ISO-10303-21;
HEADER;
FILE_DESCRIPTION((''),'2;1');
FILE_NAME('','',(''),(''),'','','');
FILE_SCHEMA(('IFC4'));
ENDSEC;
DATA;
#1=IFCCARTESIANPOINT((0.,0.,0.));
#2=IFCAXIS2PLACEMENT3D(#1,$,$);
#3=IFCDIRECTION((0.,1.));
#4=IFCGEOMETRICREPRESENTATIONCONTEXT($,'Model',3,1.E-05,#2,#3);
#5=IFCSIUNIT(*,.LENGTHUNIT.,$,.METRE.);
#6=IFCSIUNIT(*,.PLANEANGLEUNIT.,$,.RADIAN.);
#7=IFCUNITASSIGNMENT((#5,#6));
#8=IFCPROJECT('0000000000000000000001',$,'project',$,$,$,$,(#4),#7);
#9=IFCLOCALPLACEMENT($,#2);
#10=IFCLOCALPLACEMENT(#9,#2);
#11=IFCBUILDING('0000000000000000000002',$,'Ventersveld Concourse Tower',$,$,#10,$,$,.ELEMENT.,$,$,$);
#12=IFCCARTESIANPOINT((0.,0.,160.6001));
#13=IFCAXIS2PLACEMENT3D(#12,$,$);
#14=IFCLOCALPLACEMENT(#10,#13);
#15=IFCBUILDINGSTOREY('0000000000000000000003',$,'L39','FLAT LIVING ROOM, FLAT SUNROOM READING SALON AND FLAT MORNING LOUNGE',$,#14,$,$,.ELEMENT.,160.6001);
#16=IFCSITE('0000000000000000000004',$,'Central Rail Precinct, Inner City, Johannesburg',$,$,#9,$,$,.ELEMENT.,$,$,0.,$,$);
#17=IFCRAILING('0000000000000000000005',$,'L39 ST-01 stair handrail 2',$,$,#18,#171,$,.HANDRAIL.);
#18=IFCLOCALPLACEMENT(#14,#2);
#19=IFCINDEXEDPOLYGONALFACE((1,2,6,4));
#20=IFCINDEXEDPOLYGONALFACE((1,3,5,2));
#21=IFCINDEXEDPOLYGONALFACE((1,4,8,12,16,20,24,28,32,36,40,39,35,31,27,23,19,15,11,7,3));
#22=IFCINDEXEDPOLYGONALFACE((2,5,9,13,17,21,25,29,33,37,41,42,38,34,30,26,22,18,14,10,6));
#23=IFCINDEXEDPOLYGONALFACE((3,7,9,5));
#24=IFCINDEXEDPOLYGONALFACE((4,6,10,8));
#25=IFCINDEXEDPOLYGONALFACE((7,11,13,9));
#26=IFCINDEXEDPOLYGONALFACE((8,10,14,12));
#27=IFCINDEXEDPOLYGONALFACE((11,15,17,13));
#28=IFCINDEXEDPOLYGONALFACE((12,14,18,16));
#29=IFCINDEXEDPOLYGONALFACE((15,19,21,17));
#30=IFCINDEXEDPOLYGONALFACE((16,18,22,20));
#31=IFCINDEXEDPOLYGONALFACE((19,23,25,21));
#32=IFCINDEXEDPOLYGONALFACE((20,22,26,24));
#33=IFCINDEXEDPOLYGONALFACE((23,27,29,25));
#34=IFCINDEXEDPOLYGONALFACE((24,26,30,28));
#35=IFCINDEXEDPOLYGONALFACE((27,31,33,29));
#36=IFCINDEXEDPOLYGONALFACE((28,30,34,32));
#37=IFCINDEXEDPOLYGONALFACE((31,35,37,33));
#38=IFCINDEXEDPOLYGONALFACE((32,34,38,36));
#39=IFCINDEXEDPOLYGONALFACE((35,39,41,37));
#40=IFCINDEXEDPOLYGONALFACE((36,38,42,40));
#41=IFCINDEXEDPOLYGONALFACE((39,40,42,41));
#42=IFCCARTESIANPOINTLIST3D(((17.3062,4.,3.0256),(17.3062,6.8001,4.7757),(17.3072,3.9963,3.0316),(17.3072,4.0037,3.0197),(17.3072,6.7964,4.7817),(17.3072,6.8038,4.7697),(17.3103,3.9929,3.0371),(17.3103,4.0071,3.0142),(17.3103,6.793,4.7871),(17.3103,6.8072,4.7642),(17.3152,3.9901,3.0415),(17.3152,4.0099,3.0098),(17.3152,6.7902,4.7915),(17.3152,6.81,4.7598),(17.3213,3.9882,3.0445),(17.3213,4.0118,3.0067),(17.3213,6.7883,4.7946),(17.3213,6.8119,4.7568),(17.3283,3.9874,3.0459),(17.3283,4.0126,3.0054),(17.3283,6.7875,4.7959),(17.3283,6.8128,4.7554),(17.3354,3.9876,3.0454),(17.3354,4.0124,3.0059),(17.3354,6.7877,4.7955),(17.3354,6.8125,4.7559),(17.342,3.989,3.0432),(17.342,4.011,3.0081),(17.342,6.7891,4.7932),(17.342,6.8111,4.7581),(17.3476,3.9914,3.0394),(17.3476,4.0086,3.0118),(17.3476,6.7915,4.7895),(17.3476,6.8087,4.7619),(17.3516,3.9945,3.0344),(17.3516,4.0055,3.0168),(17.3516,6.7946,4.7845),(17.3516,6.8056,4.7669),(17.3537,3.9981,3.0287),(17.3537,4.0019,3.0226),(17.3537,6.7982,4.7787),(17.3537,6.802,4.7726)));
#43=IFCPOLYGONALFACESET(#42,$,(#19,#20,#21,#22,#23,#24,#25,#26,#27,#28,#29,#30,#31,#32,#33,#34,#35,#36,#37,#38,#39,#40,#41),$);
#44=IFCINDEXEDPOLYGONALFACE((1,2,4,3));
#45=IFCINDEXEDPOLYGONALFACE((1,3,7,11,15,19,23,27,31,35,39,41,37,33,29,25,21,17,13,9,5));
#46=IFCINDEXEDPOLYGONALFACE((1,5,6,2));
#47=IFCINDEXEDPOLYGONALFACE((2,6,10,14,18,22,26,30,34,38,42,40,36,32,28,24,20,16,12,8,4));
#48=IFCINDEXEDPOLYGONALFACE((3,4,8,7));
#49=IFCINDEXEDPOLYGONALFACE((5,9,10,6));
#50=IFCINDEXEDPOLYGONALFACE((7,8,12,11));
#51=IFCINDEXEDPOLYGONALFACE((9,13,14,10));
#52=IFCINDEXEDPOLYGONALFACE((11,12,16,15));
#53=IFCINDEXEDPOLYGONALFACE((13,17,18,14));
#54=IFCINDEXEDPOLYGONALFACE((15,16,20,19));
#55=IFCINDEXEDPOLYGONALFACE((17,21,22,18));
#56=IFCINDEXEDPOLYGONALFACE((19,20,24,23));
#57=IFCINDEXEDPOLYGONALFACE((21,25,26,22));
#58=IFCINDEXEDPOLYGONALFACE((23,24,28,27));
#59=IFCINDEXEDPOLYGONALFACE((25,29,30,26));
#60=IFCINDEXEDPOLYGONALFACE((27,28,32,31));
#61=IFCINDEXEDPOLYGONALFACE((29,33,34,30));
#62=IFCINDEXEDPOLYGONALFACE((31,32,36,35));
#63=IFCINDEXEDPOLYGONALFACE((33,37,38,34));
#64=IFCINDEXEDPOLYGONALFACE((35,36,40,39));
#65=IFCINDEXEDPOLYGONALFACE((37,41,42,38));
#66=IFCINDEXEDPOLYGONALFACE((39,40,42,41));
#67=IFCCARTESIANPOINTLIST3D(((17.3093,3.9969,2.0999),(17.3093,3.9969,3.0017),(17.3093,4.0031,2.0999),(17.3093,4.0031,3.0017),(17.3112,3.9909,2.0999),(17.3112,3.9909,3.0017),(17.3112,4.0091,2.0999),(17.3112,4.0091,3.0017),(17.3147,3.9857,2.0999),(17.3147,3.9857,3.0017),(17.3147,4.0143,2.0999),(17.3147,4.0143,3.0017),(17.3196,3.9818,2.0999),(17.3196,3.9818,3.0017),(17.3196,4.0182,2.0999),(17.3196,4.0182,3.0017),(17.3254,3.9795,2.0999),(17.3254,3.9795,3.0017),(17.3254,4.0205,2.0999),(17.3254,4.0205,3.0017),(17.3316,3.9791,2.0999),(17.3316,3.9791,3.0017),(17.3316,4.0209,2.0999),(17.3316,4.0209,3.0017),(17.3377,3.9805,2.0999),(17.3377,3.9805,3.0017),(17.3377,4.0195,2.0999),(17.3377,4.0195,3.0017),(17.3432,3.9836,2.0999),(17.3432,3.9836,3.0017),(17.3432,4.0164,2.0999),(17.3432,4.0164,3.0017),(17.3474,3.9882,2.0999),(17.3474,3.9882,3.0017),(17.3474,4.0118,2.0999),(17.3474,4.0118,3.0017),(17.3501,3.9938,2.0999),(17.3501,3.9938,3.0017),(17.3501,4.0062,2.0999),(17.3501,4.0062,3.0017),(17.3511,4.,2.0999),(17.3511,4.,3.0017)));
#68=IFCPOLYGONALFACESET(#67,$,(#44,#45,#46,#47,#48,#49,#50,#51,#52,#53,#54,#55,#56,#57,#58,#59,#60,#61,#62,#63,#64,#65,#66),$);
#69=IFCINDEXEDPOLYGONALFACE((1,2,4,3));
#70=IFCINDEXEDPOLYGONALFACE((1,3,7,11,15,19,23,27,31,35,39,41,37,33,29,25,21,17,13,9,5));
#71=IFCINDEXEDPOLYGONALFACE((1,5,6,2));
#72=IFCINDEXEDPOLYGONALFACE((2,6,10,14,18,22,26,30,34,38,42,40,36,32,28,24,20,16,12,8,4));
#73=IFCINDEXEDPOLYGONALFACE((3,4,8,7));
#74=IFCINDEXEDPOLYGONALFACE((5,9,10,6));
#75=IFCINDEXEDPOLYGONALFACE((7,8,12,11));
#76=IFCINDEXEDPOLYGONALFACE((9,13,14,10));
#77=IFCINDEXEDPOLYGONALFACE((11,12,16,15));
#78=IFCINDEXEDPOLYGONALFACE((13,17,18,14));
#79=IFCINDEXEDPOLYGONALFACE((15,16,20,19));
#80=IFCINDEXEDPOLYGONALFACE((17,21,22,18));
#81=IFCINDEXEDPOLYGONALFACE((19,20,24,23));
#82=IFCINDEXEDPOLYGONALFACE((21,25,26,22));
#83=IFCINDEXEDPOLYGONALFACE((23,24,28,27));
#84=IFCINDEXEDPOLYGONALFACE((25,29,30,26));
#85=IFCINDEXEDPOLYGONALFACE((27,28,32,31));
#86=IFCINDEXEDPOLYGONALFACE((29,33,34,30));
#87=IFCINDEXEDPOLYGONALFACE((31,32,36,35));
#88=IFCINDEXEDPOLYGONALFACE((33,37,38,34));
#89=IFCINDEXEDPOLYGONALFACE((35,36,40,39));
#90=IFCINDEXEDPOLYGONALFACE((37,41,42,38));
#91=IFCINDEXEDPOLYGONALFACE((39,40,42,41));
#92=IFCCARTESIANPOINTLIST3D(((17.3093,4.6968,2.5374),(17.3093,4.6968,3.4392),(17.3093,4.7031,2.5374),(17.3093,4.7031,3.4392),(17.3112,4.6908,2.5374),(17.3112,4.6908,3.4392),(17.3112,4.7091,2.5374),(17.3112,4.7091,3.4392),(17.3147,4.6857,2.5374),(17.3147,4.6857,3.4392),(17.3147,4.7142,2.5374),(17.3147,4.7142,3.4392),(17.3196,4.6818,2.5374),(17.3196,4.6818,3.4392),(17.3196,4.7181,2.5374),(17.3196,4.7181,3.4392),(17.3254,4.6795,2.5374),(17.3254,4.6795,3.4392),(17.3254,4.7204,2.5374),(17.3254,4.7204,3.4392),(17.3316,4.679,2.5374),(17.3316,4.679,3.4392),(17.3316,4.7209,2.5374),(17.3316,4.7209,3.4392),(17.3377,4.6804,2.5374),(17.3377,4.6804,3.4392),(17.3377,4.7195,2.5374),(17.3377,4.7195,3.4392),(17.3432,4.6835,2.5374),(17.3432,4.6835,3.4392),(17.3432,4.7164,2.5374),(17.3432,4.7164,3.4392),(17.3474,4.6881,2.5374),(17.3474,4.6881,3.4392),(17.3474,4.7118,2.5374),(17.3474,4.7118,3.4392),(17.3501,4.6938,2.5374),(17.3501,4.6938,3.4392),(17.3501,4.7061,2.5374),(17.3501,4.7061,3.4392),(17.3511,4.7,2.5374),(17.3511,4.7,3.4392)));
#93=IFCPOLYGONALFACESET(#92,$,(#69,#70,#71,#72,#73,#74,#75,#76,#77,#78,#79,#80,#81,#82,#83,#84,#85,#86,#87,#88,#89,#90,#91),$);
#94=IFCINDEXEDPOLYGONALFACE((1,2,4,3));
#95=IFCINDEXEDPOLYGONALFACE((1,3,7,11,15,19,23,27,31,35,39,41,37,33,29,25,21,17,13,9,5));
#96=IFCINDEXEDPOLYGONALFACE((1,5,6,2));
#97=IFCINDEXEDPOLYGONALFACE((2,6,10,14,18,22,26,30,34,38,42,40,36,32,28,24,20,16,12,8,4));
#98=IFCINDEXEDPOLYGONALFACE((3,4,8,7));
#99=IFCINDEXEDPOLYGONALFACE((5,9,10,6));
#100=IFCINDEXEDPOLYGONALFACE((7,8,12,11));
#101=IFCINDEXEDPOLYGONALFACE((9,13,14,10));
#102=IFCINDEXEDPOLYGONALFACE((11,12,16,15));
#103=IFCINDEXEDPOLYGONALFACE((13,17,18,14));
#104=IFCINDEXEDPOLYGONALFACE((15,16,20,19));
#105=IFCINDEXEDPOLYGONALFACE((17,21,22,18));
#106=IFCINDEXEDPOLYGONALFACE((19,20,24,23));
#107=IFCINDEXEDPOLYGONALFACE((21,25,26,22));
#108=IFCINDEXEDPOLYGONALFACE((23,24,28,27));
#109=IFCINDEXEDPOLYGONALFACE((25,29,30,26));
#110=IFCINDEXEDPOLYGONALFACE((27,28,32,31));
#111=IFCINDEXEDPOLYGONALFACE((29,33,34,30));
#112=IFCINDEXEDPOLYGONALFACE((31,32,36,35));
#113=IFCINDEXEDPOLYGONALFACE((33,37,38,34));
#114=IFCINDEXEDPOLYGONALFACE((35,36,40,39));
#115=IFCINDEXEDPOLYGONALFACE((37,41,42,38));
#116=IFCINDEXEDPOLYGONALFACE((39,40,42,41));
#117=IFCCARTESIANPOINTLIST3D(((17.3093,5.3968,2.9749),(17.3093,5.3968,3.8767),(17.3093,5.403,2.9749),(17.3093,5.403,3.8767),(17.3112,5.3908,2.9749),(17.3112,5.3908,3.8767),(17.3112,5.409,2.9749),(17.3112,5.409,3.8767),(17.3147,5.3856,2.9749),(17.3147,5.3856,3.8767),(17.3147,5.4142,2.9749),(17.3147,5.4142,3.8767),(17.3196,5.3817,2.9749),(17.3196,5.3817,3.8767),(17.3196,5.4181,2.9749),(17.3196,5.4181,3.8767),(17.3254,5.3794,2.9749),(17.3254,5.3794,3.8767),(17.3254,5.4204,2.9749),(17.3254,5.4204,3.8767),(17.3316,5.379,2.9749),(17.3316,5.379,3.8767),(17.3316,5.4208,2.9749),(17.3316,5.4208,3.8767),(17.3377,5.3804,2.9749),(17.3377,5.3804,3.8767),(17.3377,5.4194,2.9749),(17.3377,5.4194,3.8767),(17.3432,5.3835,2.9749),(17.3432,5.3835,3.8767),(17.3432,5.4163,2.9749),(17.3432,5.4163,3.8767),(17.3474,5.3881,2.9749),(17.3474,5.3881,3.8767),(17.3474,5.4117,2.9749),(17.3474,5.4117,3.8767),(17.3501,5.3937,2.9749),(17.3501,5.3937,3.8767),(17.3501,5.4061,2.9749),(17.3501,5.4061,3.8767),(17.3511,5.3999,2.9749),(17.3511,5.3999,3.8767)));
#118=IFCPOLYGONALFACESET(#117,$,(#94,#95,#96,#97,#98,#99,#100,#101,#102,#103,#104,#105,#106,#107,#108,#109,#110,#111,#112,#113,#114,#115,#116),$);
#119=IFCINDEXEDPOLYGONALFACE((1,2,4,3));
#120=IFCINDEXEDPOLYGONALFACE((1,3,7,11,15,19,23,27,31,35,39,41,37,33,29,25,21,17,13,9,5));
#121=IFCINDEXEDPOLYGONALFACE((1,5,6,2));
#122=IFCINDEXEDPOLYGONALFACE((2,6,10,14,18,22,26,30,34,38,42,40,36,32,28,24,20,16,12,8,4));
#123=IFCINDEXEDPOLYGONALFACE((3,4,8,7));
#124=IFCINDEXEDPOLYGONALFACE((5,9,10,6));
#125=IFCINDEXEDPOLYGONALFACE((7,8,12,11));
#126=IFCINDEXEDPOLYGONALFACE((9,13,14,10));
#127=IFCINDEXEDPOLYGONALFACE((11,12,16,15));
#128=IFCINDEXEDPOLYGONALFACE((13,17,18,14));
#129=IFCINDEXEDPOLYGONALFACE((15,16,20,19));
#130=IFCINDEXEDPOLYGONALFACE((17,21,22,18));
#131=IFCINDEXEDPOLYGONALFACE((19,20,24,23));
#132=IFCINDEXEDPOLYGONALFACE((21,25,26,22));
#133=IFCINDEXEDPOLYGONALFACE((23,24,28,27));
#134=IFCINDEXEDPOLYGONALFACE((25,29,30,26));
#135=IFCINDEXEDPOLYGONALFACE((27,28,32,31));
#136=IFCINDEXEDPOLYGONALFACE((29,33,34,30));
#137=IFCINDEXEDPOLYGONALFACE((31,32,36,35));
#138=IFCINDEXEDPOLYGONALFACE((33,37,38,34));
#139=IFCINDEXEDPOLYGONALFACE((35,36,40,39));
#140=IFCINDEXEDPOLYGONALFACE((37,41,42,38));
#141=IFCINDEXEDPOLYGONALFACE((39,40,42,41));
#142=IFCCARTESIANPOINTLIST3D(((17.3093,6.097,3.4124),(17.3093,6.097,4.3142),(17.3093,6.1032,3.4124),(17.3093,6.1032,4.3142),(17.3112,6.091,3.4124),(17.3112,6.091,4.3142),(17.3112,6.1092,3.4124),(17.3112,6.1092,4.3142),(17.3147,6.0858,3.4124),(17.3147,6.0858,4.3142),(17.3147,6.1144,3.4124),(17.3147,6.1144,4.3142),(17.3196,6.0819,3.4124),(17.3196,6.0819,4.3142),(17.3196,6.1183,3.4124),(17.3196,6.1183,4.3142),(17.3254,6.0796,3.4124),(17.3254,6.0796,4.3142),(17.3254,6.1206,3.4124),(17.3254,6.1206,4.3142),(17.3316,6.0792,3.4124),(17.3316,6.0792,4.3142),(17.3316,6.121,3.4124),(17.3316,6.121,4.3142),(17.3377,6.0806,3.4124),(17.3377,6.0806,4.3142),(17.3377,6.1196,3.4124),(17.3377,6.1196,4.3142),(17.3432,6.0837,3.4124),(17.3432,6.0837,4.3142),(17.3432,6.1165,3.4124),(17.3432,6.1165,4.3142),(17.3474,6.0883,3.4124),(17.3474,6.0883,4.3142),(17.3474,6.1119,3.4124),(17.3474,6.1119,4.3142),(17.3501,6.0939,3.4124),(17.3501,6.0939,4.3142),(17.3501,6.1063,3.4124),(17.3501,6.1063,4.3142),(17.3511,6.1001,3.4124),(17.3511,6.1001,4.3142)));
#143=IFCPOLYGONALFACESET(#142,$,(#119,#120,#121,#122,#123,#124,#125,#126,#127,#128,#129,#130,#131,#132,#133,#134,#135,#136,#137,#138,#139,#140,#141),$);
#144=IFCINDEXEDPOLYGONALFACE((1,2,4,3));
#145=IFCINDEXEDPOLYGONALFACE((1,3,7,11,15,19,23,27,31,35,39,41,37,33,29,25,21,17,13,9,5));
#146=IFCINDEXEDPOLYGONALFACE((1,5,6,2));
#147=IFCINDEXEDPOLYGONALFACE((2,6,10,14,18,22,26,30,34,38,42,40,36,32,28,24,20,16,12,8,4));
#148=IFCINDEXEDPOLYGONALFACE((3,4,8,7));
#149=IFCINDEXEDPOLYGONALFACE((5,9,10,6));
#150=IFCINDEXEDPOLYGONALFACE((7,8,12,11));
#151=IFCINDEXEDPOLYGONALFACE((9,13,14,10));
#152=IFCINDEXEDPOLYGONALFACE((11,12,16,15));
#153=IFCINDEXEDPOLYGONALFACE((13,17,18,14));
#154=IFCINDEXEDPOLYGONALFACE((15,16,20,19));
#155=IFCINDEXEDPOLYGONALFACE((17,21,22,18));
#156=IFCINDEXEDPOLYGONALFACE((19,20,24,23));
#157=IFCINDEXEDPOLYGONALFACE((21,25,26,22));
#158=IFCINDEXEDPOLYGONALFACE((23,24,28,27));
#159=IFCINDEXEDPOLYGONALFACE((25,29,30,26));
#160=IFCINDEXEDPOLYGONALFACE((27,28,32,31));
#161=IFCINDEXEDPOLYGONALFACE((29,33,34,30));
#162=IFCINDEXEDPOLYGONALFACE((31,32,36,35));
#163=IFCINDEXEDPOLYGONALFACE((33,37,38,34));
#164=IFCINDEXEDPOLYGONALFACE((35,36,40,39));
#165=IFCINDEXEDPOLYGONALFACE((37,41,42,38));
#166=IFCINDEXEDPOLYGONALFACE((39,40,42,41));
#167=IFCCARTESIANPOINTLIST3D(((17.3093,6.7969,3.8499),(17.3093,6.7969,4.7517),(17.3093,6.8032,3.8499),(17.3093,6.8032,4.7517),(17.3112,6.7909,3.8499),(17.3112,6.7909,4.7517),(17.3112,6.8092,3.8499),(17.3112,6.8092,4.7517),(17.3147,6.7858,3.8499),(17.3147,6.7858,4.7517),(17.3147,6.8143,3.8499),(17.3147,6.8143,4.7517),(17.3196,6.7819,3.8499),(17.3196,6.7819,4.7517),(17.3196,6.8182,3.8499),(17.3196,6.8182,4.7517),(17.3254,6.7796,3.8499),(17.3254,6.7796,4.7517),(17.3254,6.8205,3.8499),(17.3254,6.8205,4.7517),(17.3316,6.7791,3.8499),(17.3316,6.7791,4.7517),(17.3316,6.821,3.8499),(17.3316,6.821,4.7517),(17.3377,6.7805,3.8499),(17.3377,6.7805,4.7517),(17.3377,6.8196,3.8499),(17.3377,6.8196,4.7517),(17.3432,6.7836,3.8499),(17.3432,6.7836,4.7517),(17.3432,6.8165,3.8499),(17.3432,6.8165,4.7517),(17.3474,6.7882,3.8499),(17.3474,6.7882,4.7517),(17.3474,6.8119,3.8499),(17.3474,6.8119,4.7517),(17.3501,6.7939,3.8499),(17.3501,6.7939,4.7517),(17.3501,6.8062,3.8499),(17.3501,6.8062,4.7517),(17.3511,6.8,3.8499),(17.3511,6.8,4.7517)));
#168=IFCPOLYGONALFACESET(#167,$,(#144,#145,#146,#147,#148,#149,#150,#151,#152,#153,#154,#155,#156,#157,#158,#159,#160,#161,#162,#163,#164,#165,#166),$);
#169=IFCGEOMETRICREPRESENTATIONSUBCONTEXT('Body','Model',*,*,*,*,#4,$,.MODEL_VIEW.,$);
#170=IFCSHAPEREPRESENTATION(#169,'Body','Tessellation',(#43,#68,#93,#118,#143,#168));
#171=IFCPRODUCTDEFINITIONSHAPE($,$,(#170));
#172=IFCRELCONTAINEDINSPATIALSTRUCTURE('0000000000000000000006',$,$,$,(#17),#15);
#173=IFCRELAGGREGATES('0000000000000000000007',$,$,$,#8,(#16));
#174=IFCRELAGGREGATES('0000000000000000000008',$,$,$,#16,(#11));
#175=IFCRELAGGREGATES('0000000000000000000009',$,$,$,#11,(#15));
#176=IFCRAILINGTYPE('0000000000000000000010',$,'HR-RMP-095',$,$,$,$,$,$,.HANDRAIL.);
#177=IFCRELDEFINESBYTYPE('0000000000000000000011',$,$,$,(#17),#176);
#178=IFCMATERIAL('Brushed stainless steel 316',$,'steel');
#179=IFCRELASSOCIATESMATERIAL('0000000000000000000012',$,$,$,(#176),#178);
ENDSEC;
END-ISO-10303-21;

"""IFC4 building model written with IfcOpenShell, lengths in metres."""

from ifc_helpers import new_model, si_unit, direction, frame, origin, origin_2d, place, context, subcontext, project, spatial, circle, extrude, material, type_object, element, save


model = new_model("IFC4")

# Units and contexts
model_context = context("Model", 3, precision=1e-05, world=origin(), true_north=direction((0.0, 1.0)))
body_context = subcontext(model_context, "Body", "Model", "MODEL_VIEW")
ifc_project = project(units=[si_unit("LENGTHUNIT", "METRE"), si_unit("PLANEANGLEUNIT", "RADIAN")], contexts=[model_context])

# Site, building, storey
site_placement = place(None, origin())
site = spatial("IfcSite", under=ifc_project, at=site_placement, Name="Central Rail Precinct, Inner City, Johannesburg", CompositionType="ELEMENT", RefElevation=0.0)
building_placement = place(site_placement, origin())
building = spatial("IfcBuilding", under=site, at=building_placement, Name="Ventersveld Concourse Tower", CompositionType="ELEMENT")
storey_placement = place(building_placement, frame((0.0, 0.0, 160.6001)))
storey = spatial("IfcBuildingStorey", under=building, at=storey_placement, Name="L39", Description="FLAT LIVING ROOM, FLAT SUNROOM READING SALON AND FLAT MORNING LOUNGE", CompositionType="ELEMENT", Elevation=160.6001)

# Shared definitions
ifc_material_1 = material(Name="Brushed stainless steel 316", Category="steel")

# Railing
railing_type_1 = type_object("IfcRailingType", Name="HR-RMP-095", PredefinedType="HANDRAIL", material=ifc_material_1)
railing_1_placement = place(storey_placement, frame((17.3301, 4.0, 2.0999)))
element("IfcRailing", 1, at=railing_1_placement, inside=storey, type_object=railing_type_1, Name="L39 ST-01 stair handrail 2", PredefinedType="HANDRAIL", context=body_context, shape_type="SweptSolid", body=[
    extrude(circle(Radius=0.0239, at=origin_2d()), frame((0.0, 0.0, 0.9258), z_axis=(0.0, 0.848002, 0.529992), x_axis=(-1.0, 0.0, 0.0)), (0.0, 0.0, 1.0), 3.302),
    extrude(circle(Radius=0.021, at=origin_2d()), origin(), (0.0, 0.0, 1.0), 0.9019),
    extrude(circle(Radius=0.021, at=origin_2d()), frame((0.0, 0.7, 0.4375)), (0.0, 0.0, 1.0), 0.9019),
    extrude(circle(Radius=0.021, at=origin_2d()), frame((0.0, 1.3999, 0.875)), (0.0, 0.0, 1.0), 0.9019),
    extrude(circle(Radius=0.021, at=origin_2d()), frame((0.0, 2.1001, 1.3125)), (0.0, 0.0, 1.0), 0.9019),
    extrude(circle(Radius=0.021, at=origin_2d()), frame((0.0, 2.8, 1.75)), (0.0, 0.0, 1.0), 0.9019),
])

save(model, "model.ifc")
